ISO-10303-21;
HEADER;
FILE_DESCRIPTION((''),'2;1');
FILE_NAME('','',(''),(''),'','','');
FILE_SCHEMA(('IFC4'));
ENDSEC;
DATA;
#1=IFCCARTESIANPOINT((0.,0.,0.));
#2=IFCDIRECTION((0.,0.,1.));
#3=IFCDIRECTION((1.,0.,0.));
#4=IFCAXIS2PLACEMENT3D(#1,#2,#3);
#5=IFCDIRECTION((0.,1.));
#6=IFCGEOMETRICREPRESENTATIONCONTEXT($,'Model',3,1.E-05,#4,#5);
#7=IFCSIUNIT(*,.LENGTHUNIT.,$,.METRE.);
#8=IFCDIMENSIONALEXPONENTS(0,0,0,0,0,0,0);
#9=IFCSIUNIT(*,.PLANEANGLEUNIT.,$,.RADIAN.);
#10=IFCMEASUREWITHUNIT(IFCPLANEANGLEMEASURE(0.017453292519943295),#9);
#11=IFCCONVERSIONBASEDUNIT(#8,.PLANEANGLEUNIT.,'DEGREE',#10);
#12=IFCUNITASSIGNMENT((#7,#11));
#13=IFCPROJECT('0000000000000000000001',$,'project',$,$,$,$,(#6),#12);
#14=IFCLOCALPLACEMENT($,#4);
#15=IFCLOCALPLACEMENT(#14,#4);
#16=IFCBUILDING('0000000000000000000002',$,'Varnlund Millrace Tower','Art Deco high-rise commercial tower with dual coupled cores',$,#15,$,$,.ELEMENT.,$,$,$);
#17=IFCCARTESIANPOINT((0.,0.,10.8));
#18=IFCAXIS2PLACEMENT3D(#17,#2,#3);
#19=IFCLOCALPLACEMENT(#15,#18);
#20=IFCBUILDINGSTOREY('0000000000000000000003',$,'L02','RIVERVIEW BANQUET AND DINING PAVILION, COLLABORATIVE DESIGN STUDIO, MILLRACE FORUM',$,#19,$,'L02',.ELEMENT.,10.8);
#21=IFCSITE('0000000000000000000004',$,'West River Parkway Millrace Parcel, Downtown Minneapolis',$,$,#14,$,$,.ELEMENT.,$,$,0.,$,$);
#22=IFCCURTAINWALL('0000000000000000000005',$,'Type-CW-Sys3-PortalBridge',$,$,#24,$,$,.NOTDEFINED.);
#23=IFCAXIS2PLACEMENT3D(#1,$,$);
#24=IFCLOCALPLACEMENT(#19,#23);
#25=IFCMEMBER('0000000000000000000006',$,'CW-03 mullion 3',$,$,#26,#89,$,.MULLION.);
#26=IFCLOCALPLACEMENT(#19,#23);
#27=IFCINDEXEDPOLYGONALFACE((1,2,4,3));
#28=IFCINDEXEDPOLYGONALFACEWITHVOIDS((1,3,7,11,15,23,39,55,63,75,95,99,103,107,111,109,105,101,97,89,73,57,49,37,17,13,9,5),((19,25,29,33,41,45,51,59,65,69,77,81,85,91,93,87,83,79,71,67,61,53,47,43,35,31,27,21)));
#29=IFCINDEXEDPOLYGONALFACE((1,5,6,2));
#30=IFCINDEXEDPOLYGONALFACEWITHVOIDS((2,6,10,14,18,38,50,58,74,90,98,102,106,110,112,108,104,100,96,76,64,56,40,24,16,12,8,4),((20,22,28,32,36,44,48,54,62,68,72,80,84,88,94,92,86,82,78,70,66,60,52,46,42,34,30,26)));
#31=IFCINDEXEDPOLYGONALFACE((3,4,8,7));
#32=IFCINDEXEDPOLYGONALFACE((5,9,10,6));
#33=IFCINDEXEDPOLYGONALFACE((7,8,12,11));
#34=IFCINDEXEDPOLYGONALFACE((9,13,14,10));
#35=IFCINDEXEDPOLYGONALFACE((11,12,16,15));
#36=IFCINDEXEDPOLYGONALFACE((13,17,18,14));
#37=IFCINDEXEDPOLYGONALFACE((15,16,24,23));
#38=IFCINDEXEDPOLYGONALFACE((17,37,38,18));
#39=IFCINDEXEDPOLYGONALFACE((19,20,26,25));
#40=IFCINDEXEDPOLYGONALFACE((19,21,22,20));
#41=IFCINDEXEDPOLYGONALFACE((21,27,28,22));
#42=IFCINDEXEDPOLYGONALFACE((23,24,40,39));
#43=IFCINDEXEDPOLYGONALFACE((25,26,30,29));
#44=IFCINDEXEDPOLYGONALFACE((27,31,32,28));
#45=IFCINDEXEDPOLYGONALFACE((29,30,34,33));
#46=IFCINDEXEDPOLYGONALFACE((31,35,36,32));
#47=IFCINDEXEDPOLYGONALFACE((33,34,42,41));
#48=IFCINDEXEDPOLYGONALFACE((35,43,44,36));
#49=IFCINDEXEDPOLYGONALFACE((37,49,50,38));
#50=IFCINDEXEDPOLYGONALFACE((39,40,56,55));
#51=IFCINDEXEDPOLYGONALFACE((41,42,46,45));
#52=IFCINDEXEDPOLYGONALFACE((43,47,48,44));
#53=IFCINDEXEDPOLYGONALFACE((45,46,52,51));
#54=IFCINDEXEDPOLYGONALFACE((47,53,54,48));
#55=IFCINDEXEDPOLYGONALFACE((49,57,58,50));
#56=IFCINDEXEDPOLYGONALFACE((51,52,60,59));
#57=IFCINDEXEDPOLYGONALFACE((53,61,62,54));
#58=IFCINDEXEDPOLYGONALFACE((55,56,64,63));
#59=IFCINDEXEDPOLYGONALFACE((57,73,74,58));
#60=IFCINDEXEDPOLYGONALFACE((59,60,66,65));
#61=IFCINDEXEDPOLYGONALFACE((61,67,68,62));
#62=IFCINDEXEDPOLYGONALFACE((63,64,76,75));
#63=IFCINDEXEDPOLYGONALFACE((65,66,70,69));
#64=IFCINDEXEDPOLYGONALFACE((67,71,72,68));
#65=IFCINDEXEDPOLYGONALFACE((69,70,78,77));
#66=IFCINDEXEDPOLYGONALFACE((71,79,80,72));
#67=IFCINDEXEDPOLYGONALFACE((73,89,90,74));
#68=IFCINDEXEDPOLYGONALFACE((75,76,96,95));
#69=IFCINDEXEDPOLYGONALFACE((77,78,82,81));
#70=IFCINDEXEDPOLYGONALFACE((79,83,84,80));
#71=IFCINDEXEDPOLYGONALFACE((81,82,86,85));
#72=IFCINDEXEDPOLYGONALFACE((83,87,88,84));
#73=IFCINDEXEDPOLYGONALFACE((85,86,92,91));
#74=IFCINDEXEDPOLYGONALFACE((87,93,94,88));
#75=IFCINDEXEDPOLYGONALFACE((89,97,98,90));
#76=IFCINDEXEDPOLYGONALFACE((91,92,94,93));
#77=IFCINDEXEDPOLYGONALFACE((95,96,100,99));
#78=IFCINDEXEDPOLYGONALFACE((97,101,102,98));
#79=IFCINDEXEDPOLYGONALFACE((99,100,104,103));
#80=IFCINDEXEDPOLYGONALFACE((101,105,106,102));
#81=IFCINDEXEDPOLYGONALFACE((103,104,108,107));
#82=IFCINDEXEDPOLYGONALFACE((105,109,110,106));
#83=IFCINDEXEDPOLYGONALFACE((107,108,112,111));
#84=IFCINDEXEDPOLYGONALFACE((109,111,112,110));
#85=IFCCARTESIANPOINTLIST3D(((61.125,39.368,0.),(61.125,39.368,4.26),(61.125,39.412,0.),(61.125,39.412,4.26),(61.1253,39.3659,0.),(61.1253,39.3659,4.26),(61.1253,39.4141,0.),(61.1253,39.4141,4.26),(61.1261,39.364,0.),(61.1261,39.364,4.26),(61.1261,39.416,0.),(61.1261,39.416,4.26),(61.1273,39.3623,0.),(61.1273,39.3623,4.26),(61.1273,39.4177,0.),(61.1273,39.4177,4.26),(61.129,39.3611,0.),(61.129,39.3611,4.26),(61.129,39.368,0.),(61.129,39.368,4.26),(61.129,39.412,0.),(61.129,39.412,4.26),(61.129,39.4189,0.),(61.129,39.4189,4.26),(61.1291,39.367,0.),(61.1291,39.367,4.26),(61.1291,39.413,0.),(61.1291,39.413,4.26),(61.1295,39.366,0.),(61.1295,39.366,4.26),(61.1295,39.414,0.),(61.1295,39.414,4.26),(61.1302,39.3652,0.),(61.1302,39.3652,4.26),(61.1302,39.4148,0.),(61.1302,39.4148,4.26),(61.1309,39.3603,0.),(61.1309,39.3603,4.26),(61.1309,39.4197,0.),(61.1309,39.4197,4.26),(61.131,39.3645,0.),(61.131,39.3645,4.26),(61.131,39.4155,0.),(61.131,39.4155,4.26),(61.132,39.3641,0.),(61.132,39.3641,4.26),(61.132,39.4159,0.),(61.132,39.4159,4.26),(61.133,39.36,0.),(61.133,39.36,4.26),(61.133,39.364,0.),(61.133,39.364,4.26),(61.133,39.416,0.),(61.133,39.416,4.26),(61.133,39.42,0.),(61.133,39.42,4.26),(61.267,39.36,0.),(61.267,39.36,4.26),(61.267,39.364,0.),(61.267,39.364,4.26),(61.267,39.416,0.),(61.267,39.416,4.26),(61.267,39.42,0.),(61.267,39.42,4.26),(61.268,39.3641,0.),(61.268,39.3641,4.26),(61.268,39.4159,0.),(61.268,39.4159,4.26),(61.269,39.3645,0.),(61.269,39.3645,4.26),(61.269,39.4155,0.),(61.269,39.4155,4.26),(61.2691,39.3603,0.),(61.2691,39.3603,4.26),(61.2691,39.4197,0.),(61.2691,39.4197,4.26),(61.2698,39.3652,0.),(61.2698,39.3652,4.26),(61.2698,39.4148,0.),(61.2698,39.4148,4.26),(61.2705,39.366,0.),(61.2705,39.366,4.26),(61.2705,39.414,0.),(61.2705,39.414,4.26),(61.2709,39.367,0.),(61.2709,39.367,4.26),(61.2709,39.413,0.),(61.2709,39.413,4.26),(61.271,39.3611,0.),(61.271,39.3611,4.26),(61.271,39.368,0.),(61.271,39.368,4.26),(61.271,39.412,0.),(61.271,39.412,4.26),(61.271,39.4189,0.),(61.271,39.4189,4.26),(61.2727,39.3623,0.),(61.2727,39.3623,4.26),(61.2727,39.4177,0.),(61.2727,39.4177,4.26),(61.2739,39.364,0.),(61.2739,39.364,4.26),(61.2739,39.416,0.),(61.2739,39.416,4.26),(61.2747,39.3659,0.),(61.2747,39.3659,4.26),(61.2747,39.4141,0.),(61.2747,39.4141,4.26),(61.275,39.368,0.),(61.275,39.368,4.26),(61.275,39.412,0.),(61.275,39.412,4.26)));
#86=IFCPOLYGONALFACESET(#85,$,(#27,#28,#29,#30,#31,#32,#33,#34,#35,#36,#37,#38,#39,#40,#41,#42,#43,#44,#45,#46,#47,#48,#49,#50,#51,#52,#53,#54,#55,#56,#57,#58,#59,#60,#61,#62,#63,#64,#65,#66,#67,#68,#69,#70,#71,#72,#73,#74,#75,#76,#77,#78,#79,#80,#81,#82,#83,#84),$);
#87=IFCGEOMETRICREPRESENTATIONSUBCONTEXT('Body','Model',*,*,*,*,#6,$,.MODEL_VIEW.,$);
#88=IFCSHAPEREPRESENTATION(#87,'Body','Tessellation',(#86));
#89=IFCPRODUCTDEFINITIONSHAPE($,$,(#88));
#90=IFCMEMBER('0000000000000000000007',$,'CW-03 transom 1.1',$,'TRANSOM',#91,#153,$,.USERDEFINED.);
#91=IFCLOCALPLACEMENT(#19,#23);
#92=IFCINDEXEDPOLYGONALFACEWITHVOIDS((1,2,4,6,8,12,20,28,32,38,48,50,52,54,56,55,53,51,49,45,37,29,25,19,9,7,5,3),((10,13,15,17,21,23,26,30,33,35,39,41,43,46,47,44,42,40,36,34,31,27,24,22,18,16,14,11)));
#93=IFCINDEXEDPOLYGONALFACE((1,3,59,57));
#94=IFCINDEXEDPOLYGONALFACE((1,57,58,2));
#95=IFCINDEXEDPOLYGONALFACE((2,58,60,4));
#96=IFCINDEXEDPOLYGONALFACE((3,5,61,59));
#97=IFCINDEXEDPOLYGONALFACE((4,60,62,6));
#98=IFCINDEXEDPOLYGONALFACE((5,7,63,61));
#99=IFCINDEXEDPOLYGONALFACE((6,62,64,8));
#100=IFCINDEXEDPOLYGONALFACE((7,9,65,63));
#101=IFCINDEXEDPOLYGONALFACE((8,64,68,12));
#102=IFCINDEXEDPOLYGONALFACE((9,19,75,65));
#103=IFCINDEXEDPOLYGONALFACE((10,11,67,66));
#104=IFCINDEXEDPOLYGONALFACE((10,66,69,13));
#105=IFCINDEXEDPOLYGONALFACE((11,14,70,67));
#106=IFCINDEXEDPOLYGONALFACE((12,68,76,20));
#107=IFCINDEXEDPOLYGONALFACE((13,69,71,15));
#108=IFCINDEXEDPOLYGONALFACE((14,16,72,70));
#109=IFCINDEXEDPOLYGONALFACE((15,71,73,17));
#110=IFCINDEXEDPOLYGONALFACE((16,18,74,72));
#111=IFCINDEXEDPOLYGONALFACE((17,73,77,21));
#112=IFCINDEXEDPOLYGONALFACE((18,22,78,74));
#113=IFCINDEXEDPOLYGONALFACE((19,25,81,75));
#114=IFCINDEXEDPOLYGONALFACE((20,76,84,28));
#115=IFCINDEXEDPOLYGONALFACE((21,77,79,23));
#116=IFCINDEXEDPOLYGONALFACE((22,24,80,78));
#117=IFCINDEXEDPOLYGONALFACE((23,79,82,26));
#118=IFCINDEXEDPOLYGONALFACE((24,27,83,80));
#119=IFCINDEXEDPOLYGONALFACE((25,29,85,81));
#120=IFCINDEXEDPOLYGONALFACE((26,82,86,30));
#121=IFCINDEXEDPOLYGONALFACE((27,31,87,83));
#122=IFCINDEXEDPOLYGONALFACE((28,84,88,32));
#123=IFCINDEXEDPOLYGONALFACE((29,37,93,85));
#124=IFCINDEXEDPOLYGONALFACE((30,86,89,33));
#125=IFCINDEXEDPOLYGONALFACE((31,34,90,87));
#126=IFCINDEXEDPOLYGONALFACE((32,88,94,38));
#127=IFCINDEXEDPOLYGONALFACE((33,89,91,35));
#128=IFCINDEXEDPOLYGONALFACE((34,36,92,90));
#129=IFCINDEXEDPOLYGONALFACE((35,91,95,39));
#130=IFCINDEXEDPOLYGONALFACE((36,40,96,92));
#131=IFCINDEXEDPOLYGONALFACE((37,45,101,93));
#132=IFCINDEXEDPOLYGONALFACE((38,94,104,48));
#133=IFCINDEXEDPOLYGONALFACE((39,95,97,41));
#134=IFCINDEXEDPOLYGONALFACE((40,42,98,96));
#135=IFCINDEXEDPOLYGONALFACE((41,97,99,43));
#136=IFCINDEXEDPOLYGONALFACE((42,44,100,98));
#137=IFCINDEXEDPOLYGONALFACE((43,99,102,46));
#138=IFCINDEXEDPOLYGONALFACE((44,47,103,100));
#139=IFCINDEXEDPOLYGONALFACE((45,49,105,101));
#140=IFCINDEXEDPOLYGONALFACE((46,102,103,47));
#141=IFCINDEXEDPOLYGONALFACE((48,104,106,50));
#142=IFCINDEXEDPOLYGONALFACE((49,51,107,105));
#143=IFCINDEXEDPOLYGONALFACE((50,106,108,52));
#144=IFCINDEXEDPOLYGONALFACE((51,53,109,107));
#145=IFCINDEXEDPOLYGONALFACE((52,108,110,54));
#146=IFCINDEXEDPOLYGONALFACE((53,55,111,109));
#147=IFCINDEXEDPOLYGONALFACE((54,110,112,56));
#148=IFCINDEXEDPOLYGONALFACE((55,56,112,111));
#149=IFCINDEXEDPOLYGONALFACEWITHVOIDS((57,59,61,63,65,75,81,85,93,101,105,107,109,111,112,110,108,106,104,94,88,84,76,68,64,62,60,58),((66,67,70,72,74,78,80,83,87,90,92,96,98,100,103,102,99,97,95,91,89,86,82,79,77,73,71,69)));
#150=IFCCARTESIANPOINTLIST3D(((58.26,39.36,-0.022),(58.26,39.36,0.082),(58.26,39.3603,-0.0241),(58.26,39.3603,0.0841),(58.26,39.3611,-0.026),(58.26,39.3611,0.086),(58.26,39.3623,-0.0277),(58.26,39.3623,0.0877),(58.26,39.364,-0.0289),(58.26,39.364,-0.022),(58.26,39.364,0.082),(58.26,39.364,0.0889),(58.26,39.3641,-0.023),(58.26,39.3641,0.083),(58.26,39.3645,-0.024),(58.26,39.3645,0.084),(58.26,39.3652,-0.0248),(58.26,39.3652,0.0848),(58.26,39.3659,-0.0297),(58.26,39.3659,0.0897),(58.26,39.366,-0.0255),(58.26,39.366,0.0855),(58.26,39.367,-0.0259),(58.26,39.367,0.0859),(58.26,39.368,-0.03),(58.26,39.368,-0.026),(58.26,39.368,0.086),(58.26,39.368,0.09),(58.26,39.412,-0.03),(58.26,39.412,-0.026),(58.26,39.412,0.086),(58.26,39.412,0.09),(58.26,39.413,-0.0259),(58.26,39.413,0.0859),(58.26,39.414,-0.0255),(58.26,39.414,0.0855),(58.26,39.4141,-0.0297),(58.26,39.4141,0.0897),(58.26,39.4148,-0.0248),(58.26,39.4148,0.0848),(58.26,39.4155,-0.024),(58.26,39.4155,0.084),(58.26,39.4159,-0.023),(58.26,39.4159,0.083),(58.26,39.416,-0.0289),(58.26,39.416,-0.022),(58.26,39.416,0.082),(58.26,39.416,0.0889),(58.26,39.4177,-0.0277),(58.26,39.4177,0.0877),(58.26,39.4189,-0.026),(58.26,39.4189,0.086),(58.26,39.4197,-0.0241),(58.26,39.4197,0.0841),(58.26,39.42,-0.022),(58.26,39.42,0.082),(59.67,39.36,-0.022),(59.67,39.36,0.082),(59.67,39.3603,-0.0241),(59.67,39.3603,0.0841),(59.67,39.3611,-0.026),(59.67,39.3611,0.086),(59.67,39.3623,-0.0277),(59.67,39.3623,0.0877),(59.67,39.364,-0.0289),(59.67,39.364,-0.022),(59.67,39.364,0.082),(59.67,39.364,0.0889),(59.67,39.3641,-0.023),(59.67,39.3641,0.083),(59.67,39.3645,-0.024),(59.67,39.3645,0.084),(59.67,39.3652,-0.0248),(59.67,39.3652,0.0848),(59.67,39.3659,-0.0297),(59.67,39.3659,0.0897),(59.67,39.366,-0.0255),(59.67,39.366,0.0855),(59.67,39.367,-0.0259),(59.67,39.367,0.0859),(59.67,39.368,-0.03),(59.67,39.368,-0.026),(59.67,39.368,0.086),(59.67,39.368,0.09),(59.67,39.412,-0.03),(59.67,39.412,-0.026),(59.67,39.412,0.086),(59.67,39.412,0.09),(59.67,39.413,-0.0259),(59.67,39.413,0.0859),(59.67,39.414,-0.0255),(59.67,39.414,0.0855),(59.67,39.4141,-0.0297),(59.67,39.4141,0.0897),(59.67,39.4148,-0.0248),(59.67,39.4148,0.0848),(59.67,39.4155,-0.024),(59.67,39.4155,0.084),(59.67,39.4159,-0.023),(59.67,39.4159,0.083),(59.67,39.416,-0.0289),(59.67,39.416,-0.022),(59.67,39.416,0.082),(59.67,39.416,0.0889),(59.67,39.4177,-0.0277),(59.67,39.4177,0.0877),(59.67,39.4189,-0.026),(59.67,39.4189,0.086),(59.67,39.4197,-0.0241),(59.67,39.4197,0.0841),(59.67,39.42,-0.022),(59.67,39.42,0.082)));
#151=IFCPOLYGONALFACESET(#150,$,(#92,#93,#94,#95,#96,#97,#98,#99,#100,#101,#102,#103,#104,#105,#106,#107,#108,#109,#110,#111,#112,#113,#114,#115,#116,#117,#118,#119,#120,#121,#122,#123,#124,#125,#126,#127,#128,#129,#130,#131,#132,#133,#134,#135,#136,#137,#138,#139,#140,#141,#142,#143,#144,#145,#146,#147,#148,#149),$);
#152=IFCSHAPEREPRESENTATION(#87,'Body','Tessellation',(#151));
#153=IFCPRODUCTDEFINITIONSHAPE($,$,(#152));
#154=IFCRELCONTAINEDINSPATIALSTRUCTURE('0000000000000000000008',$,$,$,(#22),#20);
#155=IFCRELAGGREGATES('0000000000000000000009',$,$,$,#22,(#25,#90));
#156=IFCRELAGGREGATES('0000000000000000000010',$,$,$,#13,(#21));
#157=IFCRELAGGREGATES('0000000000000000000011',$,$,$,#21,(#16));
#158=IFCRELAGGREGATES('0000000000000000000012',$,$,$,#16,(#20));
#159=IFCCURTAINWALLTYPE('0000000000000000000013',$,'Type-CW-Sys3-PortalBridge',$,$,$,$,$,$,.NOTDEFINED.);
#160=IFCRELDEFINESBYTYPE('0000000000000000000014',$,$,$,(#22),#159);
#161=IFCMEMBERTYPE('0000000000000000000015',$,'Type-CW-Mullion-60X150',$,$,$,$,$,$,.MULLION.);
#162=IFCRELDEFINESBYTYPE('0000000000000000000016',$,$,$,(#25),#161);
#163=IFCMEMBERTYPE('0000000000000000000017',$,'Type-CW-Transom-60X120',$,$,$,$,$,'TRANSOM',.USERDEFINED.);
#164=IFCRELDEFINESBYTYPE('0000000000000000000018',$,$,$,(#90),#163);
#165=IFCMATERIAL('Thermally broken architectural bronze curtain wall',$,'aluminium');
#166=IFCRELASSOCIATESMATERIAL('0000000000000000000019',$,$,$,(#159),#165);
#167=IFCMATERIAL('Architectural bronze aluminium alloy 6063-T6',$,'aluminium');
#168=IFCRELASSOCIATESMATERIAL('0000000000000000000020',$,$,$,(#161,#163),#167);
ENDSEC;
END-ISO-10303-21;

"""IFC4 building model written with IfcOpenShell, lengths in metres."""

from ifc_helpers import new_model, entity, si_unit, converted_unit, direction, frame, origin_with_axes, origin_2d_with_axis, place, context, subcontext, project, spatial, hollow_rectangle, extrude, material, material_profile, profile_set, type_object, element, aggregate, save


model = new_model("IFC4")

# Units and contexts
model_context = context("Model", 3, precision=1e-05, world=origin_with_axes(), true_north=direction((0.0, 1.0)))
body_context = subcontext(model_context, "Body", "Model", "MODEL_VIEW")
ifc_project = project(units=[si_unit("LENGTHUNIT", "METRE"), converted_unit("PLANEANGLEUNIT", "DEGREE", entity("IfcPlaneAngleMeasure", 0.017453292519943295), si_unit("PLANEANGLEUNIT", "RADIAN"), dimensions=[0, 0, 0, 0, 0, 0, 0])], contexts=[model_context])

# Site, building, storey
site_placement = place(None, origin_with_axes())
site = spatial("IfcSite", under=ifc_project, at=site_placement, Name="West River Parkway Millrace Parcel, Downtown Minneapolis", CompositionType="ELEMENT", RefElevation=0.0)
building_placement = place(site_placement, origin_with_axes())
building = spatial("IfcBuilding", under=site, at=building_placement, Name="Varnlund Millrace Tower", Description="Art Deco high-rise commercial tower with dual coupled cores", CompositionType="ELEMENT")
storey_placement = place(building_placement, frame((0.0, 0.0, 10.8), z_axis=(0.0, 0.0, 1.0), x_axis=(1.0, 0.0, 0.0)))
storey = spatial("IfcBuildingStorey", under=building, at=storey_placement, Name="L02", Description="RIVERVIEW BANQUET AND DINING PAVILION, COLLABORATIVE DESIGN STUDIO, MILLRACE FORUM", LongName="L02", CompositionType="ELEMENT", Elevation=10.8)

# Curtain wall, members
ifc_material_1 = material(Name="Thermally broken architectural bronze curtain wall", Category="aluminium")
curtain_wall_type = type_object("IfcCurtainWallType", Name="Type-CW-Sys3-PortalBridge", PredefinedType="NOTDEFINED", material=ifc_material_1)
curtain_wall_placement = place(storey_placement, frame((58.2, 39.39, 0.0), z_axis=(0.0, 0.0, 1.0), x_axis=(1.0, 0.0, 0.0)))
curtain_wall = element("IfcCurtainWall", 1, at=curtain_wall_placement, inside=storey, type_object=curtain_wall_type, Name="Type-CW-Sys3-PortalBridge", PredefinedType="NOTDEFINED")
ifc_material_2 = material(Name="Architectural bronze aluminium alloy 6063-T6", Category="aluminium")
ifc_material_profile_1 = material_profile(ifc_material_2, hollow_rectangle(XDim=0.06, YDim=0.15, WallThickness=0.004, InnerFilletRadius=0.004, OuterFilletRadius=0.008, at=origin_2d_with_axis()), Name="Architectural bronze aluminium alloy 6063-T6")
ifc_profile_set_1 = profile_set([ifc_material_profile_1], Name="Architectural bronze aluminium alloy 6063-T6")
member_type_1 = type_object("IfcMemberType", Name="Type-CW-Mullion-60X150", PredefinedType="MULLION", material=ifc_profile_set_1)
member_1_placement = place(storey_placement, frame((61.2, 39.39, 0.0), z_axis=(0.0, 0.0, 1.0), x_axis=(0.0, 1.0, 0.0)))
member_1 = element("IfcMember", 2, at=member_1_placement, type_object=member_type_1, Name="CW-03 mullion 3", PredefinedType="MULLION", context=body_context, shape_type="SweptSolid", body=[
    extrude(hollow_rectangle(XDim=0.06, YDim=0.15, WallThickness=0.004, InnerFilletRadius=0.004, OuterFilletRadius=0.008, at=origin_2d_with_axis()), origin_with_axes(), (0.0, 0.0, 1.0), 4.26),
])
ifc_material_profile_2 = material_profile(ifc_material_2, hollow_rectangle(XDim=0.06, YDim=0.12, WallThickness=0.004, InnerFilletRadius=0.004, OuterFilletRadius=0.008, at=origin_2d_with_axis()), Name="Architectural bronze aluminium alloy 6063-T6")
ifc_profile_set_2 = profile_set([ifc_material_profile_2], Name="Architectural bronze aluminium alloy 6063-T6")
member_type_2 = type_object("IfcMemberType", Name="Type-CW-Transom-60X120", ElementType="TRANSOM", PredefinedType="USERDEFINED", material=ifc_profile_set_2)
member_2_placement = place(storey_placement, frame((58.26, 39.39, 0.03), z_axis=(1.0, 0.0, 0.0), x_axis=(0.0, 1.0, 0.0)))
member_2 = element("IfcMember", 3, at=member_2_placement, type_object=member_type_2, Name="CW-03 transom 1.1", ObjectType="TRANSOM", PredefinedType="USERDEFINED", context=body_context, shape_type="SweptSolid", body=[
    extrude(hollow_rectangle(XDim=0.06, YDim=0.12, WallThickness=0.004, InnerFilletRadius=0.004, OuterFilletRadius=0.008, at=origin_2d_with_axis()), origin_with_axes(), (0.0, 0.0, 1.0), 1.41),
])

aggregate(curtain_wall, [member_1, member_2])

save(model, "model.ifc")
